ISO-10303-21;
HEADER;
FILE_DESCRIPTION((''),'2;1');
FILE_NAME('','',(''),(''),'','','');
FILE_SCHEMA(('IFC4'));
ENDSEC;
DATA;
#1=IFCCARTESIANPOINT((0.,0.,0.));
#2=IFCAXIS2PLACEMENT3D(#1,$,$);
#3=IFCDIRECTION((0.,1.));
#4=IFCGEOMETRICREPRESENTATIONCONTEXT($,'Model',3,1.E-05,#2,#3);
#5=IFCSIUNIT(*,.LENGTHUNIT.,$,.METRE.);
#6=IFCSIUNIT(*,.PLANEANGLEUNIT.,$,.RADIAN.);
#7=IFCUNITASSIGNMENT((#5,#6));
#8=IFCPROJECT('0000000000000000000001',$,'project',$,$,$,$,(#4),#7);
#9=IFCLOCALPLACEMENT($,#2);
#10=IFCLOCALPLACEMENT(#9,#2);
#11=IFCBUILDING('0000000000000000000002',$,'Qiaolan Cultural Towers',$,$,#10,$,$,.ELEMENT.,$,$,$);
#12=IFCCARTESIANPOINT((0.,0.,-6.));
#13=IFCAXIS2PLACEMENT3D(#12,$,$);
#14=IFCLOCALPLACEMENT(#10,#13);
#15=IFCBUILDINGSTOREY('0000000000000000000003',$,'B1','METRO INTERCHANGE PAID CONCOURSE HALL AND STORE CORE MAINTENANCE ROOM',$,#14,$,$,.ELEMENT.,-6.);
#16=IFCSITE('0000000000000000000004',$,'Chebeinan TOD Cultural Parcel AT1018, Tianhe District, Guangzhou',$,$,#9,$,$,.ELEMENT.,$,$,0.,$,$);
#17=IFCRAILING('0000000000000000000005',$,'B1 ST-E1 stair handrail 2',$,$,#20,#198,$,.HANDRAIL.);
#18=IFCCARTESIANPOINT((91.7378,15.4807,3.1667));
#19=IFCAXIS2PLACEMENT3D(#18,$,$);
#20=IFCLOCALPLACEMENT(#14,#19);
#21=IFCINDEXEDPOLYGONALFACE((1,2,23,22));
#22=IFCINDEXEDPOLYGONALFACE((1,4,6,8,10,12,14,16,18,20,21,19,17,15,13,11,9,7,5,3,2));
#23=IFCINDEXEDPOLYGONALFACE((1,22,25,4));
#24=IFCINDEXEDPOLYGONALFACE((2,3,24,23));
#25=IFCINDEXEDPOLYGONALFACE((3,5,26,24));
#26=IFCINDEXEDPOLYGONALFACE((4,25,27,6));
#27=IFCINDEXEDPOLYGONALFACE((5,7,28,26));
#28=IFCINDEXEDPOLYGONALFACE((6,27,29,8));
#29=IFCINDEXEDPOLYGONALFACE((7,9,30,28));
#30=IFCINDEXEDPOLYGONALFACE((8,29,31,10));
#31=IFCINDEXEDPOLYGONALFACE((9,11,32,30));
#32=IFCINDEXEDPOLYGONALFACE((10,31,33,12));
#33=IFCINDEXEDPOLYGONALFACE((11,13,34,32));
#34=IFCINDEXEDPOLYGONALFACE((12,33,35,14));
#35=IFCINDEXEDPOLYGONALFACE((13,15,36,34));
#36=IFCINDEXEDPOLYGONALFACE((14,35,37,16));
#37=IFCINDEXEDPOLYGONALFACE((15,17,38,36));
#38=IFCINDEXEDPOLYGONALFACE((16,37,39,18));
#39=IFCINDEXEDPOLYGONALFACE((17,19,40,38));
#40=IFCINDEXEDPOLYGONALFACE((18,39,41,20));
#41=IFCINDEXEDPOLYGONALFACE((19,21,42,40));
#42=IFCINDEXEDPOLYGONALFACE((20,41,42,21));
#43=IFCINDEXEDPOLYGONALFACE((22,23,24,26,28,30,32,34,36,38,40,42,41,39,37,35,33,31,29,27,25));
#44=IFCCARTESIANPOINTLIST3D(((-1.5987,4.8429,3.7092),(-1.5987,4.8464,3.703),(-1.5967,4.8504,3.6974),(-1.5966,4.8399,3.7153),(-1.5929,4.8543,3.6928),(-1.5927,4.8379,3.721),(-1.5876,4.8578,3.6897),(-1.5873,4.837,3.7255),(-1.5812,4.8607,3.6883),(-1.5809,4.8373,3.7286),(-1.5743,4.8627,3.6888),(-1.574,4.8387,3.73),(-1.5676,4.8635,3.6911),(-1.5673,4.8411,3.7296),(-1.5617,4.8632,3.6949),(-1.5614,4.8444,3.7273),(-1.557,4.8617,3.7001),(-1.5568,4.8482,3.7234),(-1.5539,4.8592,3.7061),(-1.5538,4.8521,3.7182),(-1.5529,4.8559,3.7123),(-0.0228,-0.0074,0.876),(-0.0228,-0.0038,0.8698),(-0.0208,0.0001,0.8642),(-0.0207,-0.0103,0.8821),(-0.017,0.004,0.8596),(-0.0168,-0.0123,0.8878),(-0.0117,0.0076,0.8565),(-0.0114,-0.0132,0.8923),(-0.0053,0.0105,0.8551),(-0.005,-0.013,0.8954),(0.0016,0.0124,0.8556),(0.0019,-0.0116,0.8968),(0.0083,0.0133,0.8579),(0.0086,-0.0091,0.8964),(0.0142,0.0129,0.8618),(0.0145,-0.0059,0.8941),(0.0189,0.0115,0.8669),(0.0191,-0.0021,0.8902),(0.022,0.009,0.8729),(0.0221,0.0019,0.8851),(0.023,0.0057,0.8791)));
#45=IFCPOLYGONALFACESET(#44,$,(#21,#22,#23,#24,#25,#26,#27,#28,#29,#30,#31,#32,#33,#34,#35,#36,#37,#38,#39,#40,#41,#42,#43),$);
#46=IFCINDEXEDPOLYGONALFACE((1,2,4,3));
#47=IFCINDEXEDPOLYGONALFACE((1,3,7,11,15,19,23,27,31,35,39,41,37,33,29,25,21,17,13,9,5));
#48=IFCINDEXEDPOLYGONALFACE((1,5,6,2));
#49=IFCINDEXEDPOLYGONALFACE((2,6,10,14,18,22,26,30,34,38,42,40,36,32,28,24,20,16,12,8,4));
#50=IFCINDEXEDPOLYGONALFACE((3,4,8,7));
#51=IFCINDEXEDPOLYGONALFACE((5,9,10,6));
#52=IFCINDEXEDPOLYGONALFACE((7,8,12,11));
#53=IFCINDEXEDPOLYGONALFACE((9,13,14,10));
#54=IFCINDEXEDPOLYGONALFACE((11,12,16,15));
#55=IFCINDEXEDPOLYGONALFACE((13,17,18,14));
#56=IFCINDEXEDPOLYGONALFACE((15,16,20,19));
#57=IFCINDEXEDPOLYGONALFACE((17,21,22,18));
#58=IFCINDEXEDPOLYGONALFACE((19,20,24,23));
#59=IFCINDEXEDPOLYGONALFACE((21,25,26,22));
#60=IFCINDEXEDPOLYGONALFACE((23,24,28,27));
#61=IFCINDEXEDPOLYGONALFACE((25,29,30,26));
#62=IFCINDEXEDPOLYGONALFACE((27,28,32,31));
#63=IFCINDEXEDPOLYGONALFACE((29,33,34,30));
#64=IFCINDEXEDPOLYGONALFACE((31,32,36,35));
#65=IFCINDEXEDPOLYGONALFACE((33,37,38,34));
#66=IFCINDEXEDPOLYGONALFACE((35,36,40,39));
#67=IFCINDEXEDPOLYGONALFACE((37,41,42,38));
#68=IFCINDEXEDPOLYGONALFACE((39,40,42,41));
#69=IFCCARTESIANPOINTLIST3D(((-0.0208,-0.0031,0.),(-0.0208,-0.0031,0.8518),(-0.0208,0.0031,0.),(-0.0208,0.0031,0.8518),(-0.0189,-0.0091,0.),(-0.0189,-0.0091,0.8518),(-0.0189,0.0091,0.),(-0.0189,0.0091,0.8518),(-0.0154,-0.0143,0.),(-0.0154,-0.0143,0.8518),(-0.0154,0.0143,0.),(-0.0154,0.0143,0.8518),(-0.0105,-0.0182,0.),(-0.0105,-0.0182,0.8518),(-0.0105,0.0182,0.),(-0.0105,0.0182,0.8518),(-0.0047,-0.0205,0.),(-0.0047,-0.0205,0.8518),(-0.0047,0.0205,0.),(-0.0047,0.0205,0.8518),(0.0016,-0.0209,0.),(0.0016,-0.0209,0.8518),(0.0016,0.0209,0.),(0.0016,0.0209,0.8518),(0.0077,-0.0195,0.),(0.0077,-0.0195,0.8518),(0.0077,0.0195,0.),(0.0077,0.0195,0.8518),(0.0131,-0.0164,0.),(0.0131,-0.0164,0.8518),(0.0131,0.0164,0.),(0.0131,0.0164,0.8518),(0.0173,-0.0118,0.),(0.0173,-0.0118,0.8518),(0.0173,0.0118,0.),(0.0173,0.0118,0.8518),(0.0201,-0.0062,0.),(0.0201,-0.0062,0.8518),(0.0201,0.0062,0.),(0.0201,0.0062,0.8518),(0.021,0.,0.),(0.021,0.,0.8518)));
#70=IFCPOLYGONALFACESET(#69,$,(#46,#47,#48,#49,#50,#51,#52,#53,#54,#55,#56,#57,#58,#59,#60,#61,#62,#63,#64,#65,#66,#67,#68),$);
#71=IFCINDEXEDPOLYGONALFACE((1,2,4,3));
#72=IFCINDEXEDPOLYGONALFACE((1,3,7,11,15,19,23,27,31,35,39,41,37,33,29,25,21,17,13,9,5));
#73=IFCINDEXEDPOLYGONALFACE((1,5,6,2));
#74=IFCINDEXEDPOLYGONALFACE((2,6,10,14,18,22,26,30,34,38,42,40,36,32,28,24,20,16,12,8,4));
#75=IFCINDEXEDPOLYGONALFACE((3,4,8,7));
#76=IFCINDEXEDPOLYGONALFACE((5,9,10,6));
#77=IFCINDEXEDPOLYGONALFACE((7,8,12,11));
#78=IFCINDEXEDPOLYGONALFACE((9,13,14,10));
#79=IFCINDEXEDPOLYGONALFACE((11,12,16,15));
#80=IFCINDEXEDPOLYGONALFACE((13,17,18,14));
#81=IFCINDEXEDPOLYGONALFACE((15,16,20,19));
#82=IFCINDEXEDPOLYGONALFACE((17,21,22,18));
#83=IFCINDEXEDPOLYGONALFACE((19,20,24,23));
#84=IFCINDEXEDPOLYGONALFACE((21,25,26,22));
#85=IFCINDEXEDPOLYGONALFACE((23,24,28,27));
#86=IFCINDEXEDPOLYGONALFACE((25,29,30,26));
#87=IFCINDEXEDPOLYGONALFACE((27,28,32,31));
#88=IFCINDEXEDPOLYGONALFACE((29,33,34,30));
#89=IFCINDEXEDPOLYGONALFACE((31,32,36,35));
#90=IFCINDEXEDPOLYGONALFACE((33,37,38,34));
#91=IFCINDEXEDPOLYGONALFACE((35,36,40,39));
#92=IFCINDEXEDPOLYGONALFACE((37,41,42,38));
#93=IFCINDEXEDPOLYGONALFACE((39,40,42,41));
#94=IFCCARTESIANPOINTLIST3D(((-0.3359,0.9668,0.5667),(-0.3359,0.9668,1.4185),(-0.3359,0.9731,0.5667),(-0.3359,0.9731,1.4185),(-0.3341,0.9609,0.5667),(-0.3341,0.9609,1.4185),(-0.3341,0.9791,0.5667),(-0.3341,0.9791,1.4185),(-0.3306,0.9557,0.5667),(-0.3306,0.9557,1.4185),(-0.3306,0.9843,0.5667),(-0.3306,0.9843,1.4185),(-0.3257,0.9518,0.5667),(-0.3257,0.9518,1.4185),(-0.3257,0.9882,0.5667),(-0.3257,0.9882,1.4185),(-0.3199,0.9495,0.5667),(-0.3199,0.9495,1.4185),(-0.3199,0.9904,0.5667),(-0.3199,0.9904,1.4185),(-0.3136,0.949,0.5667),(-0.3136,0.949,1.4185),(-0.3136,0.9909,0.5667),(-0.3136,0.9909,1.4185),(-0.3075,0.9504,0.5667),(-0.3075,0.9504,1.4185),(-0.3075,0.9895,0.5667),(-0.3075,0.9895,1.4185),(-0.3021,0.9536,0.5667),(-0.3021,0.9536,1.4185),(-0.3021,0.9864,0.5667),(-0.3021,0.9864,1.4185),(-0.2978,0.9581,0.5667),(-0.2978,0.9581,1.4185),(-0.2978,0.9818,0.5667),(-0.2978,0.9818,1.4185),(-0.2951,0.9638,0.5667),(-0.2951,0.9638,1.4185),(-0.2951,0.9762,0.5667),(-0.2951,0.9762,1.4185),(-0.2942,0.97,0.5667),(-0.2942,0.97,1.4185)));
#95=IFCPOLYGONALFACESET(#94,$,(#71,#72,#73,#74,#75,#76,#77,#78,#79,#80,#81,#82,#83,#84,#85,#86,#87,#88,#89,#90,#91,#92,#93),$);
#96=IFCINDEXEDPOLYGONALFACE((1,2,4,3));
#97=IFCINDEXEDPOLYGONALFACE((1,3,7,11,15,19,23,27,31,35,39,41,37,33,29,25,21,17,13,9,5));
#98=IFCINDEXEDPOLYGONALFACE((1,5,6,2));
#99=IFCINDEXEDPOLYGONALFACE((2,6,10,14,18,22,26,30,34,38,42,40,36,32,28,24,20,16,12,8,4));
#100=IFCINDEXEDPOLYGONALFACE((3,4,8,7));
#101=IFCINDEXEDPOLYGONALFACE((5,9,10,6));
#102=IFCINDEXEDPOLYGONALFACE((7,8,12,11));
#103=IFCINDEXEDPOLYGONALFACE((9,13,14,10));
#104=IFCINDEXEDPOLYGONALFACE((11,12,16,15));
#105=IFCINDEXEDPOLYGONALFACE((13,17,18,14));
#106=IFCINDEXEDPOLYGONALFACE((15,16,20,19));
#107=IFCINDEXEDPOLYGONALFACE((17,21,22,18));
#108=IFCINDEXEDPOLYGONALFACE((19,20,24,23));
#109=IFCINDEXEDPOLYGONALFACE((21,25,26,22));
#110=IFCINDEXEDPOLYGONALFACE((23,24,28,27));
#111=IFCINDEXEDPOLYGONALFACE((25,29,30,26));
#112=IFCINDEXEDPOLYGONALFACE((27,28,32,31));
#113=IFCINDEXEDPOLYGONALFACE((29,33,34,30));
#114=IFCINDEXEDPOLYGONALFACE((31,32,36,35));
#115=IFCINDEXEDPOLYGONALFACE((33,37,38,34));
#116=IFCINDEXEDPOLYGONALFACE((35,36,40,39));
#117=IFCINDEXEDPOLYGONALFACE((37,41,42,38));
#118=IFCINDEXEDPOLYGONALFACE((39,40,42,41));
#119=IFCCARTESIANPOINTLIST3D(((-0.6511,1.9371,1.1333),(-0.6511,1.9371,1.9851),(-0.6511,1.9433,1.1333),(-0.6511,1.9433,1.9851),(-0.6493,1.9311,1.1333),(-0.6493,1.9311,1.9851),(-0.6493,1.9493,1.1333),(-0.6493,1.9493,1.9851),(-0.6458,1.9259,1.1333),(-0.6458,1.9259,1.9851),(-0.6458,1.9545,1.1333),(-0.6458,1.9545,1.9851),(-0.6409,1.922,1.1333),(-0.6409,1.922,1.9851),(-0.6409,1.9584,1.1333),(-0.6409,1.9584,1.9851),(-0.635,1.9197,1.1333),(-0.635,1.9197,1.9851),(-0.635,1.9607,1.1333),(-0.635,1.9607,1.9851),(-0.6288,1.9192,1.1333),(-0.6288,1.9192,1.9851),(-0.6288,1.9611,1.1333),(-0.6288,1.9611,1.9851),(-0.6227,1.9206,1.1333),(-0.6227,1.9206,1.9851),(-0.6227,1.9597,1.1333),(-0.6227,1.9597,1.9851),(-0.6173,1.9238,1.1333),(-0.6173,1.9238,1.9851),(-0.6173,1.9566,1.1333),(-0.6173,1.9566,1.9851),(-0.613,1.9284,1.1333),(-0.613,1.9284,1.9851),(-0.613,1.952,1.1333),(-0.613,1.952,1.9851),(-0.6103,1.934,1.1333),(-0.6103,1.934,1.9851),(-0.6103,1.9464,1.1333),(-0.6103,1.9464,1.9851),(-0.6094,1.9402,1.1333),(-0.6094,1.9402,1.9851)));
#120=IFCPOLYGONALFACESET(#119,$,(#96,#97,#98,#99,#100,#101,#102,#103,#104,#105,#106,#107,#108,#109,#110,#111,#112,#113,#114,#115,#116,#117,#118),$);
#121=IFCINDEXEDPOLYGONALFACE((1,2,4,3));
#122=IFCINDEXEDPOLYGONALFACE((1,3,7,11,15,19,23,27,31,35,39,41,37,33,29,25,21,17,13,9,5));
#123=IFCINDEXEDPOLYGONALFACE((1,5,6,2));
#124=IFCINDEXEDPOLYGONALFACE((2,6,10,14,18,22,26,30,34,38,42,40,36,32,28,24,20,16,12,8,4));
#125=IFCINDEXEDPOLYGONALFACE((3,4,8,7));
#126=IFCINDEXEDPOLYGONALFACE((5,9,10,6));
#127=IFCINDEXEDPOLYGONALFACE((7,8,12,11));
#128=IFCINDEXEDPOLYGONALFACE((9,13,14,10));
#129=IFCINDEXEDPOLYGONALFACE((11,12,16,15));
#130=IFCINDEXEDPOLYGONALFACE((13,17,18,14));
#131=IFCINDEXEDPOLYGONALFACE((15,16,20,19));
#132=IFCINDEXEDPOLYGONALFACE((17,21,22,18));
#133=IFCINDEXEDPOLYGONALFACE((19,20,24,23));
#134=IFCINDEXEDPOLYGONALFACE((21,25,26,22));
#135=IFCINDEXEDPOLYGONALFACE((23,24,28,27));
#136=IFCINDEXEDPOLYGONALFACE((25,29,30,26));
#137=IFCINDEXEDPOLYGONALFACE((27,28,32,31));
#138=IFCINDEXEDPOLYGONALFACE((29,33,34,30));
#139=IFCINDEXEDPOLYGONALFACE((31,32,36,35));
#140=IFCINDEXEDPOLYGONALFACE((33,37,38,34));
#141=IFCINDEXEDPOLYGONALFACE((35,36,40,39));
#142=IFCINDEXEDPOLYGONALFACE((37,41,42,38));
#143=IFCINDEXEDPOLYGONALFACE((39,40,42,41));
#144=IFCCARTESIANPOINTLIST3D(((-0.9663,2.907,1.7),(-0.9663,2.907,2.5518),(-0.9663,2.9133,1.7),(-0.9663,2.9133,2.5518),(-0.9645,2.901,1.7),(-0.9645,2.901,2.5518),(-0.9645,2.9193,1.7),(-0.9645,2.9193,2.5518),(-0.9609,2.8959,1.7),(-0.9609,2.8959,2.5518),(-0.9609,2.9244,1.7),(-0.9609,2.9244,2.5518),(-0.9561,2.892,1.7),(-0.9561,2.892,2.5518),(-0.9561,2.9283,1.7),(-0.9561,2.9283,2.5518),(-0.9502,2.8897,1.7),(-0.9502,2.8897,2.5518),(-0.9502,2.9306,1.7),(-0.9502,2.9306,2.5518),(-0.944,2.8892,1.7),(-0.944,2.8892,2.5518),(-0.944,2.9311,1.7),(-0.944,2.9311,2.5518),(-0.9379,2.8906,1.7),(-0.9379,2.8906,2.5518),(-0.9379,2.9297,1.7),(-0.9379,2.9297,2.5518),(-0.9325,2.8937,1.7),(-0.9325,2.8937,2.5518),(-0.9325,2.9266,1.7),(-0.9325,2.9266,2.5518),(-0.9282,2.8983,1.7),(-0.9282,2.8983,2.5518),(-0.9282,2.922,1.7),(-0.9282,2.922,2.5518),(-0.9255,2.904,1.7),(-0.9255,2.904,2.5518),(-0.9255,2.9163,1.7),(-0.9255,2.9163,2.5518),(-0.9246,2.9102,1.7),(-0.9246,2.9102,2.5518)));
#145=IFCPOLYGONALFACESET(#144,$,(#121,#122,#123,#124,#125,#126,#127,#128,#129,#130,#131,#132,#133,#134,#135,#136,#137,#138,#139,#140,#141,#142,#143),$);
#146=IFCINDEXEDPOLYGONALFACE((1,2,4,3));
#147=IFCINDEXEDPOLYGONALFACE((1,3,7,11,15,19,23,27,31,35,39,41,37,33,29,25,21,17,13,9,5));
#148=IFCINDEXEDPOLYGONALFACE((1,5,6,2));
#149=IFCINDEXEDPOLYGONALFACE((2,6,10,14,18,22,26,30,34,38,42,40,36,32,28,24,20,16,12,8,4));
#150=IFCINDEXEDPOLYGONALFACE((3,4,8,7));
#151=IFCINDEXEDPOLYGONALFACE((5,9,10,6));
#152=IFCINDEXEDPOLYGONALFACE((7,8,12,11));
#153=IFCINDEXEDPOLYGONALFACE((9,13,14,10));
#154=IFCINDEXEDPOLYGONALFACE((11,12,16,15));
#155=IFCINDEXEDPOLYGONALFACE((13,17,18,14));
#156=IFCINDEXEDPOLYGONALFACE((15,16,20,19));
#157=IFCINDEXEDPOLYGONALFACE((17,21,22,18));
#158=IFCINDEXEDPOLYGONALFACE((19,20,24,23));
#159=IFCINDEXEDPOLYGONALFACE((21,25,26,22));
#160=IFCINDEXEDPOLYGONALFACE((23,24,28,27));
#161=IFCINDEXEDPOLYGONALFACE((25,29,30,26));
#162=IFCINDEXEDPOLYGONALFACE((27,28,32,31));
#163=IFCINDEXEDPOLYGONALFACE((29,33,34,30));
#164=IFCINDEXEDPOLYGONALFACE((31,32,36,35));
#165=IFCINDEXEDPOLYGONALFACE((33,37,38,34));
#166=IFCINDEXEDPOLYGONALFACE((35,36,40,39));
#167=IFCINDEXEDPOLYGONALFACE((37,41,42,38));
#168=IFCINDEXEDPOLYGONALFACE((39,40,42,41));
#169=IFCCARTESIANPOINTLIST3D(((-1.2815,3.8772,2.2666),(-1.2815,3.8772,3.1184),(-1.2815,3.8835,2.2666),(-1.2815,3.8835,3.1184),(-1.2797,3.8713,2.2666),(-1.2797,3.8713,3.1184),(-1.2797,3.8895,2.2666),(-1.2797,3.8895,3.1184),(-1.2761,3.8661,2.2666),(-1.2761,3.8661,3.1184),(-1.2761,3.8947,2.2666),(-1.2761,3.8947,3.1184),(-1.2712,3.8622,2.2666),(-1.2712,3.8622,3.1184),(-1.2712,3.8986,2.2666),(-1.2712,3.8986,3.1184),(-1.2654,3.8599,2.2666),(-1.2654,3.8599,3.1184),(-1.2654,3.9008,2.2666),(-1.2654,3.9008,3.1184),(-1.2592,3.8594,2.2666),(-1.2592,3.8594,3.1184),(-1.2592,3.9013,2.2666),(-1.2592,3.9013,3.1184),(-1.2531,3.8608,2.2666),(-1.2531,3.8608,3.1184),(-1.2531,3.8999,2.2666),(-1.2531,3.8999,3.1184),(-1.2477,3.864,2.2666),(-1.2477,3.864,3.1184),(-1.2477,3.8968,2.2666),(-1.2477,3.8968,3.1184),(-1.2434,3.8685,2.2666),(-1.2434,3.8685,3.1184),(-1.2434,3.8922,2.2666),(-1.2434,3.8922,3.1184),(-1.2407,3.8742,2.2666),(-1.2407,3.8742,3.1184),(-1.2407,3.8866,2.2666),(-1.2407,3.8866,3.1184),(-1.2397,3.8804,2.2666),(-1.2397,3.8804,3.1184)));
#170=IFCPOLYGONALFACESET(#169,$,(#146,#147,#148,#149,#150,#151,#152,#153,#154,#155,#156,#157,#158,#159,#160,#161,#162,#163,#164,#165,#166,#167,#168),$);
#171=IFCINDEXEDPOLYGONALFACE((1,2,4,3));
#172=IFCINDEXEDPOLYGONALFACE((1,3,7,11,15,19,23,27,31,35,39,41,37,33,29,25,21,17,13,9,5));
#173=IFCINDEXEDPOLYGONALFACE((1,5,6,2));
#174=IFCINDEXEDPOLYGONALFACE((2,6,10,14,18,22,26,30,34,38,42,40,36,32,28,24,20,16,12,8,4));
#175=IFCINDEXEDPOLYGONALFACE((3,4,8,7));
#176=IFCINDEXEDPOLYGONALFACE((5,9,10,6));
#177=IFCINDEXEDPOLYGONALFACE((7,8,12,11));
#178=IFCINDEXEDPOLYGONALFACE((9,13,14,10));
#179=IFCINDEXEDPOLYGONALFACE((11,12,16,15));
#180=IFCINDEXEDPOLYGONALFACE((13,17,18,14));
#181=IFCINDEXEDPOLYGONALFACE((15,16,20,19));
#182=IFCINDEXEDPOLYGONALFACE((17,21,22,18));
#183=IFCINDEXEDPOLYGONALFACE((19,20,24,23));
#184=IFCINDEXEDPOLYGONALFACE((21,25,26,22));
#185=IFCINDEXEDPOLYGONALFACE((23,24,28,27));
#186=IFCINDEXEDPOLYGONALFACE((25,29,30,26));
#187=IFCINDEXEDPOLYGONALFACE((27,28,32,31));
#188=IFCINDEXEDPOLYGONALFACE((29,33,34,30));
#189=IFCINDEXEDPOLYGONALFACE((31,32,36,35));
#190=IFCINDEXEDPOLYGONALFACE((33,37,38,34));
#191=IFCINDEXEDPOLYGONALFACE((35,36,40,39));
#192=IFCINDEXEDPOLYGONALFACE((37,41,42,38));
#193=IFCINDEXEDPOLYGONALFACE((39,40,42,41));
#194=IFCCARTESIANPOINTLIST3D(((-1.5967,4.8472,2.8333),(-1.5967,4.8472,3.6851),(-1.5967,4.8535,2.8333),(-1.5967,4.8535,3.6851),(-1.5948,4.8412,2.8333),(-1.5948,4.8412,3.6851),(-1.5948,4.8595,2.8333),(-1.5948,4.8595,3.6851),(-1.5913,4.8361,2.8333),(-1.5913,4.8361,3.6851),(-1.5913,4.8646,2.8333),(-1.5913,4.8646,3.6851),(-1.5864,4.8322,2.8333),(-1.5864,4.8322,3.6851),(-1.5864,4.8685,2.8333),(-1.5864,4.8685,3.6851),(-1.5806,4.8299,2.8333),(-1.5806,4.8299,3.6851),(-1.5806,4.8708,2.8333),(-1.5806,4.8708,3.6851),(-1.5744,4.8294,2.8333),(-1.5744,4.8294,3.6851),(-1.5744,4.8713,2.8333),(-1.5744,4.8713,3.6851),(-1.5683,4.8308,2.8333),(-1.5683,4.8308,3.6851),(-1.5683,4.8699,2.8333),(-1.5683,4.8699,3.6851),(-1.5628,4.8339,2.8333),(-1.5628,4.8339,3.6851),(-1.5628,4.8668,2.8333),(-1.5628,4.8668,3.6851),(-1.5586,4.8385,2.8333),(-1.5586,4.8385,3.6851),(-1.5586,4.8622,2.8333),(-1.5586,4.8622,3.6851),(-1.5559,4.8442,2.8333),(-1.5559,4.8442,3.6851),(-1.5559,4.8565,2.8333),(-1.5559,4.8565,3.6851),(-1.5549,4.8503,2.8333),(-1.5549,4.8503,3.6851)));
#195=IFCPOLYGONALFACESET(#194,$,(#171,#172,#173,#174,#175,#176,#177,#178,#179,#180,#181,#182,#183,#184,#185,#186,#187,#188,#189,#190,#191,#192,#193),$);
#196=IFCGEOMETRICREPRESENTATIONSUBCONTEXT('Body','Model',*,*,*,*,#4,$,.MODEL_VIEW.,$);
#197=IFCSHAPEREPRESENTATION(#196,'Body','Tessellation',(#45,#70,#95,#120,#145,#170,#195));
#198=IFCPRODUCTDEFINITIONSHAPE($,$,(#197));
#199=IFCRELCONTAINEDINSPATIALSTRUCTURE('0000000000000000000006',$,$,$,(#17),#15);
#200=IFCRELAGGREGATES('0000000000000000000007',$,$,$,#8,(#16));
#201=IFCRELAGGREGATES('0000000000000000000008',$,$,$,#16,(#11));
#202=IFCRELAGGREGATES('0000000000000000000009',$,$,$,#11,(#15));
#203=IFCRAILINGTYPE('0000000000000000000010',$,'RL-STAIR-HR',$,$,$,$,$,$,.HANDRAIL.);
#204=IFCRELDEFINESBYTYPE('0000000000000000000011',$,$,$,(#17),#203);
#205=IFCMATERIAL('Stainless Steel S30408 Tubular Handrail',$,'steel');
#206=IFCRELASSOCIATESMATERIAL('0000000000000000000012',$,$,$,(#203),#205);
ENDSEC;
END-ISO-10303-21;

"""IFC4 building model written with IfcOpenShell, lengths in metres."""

from ifc_helpers import new_model, si_unit, direction, frame, origin, origin_2d, place, context, subcontext, project, spatial, circle, extrude, material, type_object, element, save


model = new_model("IFC4")

# Units and contexts
model_context = context("Model", 3, precision=1e-05, world=origin(), true_north=direction((0.0, 1.0)))
body_context = subcontext(model_context, "Body", "Model", "MODEL_VIEW")
ifc_project = project(units=[si_unit("LENGTHUNIT", "METRE"), si_unit("PLANEANGLEUNIT", "RADIAN")], contexts=[model_context])

# Site, building, storey
site_placement = place(None, origin())
site = spatial("IfcSite", under=ifc_project, at=site_placement, Name="Chebeinan TOD Cultural Parcel AT1018, Tianhe District, Guangzhou", CompositionType="ELEMENT", RefElevation=0.0)
building_placement = place(site_placement, origin())
building = spatial("IfcBuilding", under=site, at=building_placement, Name="Qiaolan Cultural Towers", CompositionType="ELEMENT")
storey_placement = place(building_placement, frame((0.0, 0.0, -6.0)))
storey = spatial("IfcBuildingStorey", under=building, at=storey_placement, Name="B1", Description="METRO INTERCHANGE PAID CONCOURSE HALL AND STORE CORE MAINTENANCE ROOM", CompositionType="ELEMENT", Elevation=-6.0)

# Railing
ifc_material_1 = material(Name="Stainless Steel S30408 Tubular Handrail", Category="steel")
railing_type_1 = type_object("IfcRailingType", Name="RL-STAIR-HR", PredefinedType="HANDRAIL", material=ifc_material_1)
railing_1_placement = place(storey_placement, frame((91.7378, 15.4807, 3.1667)))
element("IfcRailing", 1, at=railing_1_placement, inside=storey, type_object=railing_type_1, Name="B1 ST-E1 stair handrail 2", PredefinedType="HANDRAIL", context=body_context, shape_type="SweptSolid", body=[
    extrude(circle(Radius=0.0239, at=origin_2d()), frame((0.0, 0.0, 0.876), z_axis=(-0.270124, 0.831378, 0.485637), x_axis=(-0.951059, -0.309009, 0.0)), (0.0, 0.0, 1.0), 5.834),
    extrude(circle(Radius=0.021, at=origin_2d()), origin(), (0.0, 0.0, 1.0), 0.8518),
    extrude(circle(Radius=0.021, at=origin_2d()), frame((-0.3152, 0.97, 0.5667)), (0.0, 0.0, 1.0), 0.8518),
    extrude(circle(Radius=0.021, at=origin_2d()), frame((-0.6304, 1.9402, 1.1333)), (0.0, 0.0, 1.0), 0.8518),
    extrude(circle(Radius=0.021, at=origin_2d()), frame((-0.9456, 2.9102, 1.7)), (0.0, 0.0, 1.0), 0.8518),
    extrude(circle(Radius=0.021, at=origin_2d()), frame((-1.2607, 3.8804, 2.2666)), (0.0, 0.0, 1.0), 0.8518),
    extrude(circle(Radius=0.021, at=origin_2d()), frame((-1.5759, 4.8503, 2.8333)), (0.0, 0.0, 1.0), 0.8518),
])

save(model, "model.ifc")
